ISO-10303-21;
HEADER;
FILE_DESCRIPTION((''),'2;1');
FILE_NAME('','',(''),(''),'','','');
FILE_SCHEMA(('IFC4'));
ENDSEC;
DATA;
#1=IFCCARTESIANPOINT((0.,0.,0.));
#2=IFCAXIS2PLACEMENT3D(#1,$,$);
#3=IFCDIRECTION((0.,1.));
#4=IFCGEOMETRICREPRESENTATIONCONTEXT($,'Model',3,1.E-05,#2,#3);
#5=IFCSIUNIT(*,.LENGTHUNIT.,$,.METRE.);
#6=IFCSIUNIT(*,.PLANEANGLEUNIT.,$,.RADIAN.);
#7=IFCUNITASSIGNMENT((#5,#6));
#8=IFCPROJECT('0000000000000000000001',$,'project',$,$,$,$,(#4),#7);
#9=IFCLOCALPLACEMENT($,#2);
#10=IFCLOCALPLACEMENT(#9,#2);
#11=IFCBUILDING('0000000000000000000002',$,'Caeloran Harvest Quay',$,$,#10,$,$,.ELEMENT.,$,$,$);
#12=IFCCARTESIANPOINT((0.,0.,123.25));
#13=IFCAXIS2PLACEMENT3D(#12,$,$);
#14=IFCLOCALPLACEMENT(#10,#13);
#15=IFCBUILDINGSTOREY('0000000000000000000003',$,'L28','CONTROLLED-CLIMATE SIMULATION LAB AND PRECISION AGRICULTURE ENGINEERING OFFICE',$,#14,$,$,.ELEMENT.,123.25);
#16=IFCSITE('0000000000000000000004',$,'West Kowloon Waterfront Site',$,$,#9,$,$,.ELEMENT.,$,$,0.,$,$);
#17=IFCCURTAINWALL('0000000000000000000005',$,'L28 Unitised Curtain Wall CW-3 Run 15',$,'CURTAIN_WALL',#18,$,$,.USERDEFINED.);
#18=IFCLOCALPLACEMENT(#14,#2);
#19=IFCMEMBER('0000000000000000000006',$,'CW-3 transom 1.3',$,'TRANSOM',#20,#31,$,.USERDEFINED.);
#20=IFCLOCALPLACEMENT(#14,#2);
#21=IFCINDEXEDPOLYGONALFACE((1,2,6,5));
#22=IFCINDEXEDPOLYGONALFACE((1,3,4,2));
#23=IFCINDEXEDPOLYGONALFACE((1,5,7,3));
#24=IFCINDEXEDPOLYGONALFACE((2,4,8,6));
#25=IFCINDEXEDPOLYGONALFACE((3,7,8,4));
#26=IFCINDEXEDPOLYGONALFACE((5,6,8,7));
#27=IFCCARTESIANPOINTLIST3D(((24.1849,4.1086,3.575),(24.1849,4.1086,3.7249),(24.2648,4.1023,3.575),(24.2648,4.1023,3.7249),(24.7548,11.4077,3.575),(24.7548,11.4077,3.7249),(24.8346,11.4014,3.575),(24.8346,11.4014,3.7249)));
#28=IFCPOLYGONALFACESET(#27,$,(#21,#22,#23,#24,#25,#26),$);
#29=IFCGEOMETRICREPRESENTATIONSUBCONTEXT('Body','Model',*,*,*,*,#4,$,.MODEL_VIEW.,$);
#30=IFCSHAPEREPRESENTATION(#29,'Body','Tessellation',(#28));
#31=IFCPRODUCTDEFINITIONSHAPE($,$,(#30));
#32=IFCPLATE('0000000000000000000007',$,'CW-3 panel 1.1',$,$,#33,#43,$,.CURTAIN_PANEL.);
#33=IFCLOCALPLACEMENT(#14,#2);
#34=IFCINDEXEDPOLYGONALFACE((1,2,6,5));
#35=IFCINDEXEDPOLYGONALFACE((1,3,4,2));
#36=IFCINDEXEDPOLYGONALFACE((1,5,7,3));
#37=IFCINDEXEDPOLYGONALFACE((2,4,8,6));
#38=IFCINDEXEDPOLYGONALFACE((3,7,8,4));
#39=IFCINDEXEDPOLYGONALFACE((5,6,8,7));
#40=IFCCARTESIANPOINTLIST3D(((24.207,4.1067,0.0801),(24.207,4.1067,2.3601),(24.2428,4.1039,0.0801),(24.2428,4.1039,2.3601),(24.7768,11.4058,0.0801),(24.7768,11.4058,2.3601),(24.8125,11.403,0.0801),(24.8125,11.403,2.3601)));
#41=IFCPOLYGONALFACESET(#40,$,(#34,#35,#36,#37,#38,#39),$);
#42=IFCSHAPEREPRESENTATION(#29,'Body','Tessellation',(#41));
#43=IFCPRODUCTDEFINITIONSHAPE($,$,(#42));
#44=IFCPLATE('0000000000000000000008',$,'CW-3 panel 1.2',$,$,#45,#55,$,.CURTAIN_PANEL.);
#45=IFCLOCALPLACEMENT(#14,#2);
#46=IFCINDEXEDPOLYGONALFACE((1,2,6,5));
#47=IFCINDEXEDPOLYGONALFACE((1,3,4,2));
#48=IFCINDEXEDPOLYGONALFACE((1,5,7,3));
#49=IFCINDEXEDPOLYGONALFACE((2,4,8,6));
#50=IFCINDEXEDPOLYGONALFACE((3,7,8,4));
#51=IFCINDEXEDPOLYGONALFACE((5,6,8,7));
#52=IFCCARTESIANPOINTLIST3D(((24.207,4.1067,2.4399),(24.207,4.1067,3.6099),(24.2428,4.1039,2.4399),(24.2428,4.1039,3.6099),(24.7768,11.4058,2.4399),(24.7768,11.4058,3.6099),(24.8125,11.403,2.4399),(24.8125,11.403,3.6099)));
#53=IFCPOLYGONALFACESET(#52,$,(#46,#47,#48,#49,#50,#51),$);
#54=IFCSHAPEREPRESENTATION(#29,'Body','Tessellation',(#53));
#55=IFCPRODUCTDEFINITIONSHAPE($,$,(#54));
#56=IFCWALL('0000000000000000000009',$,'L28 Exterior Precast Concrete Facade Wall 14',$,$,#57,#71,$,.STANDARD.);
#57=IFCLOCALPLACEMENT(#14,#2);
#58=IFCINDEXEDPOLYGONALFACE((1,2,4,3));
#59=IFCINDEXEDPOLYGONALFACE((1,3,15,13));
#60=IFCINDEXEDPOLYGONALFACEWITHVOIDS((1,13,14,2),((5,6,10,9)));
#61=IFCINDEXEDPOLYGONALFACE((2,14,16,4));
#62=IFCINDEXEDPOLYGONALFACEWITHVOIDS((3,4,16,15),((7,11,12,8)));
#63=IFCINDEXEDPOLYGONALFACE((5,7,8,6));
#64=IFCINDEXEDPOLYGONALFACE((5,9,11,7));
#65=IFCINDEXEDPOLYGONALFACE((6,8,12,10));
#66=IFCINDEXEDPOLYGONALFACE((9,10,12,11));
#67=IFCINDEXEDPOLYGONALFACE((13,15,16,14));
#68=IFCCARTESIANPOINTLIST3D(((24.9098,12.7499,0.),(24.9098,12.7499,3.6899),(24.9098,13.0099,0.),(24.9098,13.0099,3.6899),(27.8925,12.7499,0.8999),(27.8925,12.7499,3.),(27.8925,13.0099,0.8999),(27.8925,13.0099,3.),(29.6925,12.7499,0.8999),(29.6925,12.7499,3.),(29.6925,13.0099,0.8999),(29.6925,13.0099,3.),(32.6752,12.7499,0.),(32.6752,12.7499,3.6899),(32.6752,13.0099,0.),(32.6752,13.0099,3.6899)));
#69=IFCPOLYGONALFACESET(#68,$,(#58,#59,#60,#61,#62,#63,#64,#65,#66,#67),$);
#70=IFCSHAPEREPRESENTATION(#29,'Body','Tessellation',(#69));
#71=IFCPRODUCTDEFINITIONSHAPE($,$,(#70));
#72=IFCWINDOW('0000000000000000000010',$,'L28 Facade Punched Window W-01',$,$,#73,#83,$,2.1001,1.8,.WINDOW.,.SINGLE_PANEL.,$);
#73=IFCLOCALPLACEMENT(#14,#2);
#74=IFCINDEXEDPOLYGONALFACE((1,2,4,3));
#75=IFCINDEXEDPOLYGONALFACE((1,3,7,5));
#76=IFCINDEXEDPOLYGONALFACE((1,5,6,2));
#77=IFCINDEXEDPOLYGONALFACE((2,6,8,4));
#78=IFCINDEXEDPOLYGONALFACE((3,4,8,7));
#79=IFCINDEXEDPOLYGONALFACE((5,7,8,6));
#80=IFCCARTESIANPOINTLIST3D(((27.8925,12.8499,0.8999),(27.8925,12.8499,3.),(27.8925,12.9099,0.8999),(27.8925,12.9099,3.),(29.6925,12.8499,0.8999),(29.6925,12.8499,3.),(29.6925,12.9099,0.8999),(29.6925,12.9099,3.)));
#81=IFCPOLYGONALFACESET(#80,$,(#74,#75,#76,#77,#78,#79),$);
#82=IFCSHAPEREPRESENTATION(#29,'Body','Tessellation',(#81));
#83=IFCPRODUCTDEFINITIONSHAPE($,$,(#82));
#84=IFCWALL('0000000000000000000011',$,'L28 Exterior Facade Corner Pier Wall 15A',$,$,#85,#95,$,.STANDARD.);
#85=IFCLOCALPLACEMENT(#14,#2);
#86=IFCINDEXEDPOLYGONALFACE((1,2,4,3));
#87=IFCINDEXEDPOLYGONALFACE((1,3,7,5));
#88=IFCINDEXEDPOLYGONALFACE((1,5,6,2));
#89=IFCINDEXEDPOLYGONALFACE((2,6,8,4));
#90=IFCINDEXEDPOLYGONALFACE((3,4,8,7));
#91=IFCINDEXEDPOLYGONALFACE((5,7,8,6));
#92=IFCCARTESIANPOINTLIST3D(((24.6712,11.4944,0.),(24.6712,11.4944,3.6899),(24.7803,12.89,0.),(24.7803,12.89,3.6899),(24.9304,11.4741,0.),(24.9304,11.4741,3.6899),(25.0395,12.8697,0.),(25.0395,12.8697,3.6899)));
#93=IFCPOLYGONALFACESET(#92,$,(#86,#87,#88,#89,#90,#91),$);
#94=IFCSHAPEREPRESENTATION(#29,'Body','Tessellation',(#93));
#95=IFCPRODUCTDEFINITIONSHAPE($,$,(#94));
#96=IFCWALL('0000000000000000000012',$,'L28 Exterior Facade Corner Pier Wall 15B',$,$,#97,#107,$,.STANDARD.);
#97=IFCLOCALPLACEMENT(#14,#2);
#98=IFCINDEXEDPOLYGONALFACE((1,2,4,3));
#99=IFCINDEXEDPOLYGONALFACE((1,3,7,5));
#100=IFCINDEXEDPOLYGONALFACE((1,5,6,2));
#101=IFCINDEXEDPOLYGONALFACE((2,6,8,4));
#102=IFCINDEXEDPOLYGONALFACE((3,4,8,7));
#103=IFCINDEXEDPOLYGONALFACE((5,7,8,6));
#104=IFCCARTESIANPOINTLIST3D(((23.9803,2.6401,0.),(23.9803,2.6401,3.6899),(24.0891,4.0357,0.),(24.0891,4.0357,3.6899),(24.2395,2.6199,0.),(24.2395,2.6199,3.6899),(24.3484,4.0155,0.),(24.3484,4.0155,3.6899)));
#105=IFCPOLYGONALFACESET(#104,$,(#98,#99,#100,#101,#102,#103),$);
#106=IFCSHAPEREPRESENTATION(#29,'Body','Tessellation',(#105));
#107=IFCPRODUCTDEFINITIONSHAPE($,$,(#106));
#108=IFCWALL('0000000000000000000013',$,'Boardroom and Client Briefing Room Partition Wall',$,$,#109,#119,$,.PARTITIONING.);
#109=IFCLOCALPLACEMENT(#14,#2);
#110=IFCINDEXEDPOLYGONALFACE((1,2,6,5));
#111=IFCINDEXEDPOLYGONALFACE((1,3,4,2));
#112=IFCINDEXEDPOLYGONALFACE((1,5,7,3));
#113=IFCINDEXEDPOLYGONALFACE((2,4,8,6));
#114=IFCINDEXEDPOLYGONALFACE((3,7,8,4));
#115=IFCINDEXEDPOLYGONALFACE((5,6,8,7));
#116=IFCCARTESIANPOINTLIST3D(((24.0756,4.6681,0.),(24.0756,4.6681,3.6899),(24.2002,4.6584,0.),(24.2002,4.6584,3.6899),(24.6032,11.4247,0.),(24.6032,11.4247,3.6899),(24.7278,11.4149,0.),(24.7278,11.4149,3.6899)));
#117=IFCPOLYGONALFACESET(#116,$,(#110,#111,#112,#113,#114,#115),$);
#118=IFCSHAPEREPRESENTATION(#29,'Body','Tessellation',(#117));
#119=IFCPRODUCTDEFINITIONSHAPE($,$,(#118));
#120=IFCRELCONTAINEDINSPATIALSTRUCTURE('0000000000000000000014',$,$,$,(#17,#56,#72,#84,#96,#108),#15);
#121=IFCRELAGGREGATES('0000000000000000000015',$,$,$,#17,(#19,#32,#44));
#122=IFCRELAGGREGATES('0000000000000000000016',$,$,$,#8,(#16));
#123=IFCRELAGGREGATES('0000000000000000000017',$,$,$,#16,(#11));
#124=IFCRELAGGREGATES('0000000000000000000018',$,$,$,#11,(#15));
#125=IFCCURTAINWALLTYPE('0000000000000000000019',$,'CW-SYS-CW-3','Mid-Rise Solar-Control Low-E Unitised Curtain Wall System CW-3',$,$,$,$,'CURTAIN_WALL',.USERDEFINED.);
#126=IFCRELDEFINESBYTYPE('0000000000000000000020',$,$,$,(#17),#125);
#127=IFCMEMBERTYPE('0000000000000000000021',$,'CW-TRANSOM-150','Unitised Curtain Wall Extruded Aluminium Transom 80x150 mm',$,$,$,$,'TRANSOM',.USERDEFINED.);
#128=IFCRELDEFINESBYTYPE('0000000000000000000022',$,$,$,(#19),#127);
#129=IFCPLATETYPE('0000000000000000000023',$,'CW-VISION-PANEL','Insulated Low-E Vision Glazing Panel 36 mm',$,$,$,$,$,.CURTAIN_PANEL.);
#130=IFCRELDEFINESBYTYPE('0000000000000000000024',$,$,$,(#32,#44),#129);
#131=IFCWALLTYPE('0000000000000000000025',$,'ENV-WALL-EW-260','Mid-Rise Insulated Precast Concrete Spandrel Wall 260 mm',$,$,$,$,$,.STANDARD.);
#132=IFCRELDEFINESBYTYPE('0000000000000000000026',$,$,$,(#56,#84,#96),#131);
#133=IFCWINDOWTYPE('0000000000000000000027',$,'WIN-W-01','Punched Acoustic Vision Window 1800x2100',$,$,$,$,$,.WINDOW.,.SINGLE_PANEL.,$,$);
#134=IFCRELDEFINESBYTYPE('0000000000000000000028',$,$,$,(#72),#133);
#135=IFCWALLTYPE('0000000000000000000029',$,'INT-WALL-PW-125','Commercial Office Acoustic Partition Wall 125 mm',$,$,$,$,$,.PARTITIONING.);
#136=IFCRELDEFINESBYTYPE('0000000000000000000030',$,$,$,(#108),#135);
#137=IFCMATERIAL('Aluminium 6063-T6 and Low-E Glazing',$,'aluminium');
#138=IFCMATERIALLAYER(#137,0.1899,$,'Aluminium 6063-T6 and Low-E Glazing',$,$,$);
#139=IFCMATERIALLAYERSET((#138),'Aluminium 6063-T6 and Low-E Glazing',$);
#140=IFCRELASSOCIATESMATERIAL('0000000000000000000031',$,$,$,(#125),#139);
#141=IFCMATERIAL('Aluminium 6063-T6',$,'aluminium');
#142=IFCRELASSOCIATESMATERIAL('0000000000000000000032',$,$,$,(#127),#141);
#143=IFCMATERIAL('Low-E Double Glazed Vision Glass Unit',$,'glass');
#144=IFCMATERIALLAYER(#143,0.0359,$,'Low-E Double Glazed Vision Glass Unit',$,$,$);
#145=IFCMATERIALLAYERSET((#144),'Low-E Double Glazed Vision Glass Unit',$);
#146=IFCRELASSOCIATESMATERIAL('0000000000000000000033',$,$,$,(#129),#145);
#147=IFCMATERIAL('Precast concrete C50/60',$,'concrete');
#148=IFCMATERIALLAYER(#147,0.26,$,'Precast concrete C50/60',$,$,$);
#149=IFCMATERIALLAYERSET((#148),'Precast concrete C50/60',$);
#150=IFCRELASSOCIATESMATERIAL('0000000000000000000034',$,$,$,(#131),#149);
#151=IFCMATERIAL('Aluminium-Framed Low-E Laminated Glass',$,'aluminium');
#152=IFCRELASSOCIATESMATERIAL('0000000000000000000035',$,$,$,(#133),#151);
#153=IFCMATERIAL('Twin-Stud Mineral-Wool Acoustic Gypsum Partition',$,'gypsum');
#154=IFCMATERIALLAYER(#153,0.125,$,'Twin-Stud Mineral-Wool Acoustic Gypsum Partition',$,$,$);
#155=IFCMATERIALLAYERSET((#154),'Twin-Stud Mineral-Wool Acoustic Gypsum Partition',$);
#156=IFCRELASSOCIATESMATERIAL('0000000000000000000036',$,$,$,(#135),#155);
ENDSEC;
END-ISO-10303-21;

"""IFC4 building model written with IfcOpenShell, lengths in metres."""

from ifc_helpers import new_model, si_unit, direction, frame, frame_2d, origin, origin_2d, place, context, subcontext, project, spatial, rectangle, extrude, material, layer, layer_set, material_profile, profile_set, type_object, element, fill, aggregate, save


model = new_model("IFC4")

# Units and contexts
model_context = context("Model", 3, precision=1e-05, world=origin(), true_north=direction((0.0, 1.0)))
body_context = subcontext(model_context, "Body", "Model", "MODEL_VIEW")
ifc_project = project(units=[si_unit("LENGTHUNIT", "METRE"), si_unit("PLANEANGLEUNIT", "RADIAN")], contexts=[model_context])

# Site, building, storey
site_placement = place(None, origin())
site = spatial("IfcSite", under=ifc_project, at=site_placement, Name="West Kowloon Waterfront Site", CompositionType="ELEMENT", RefElevation=0.0)
building_placement = place(site_placement, origin())
building = spatial("IfcBuilding", under=site, at=building_placement, Name="Caeloran Harvest Quay", CompositionType="ELEMENT")
storey_placement = place(building_placement, frame((0.0, 0.0, 123.25)))
storey = spatial("IfcBuildingStorey", under=building, at=storey_placement, Name="L28", Description="CONTROLLED-CLIMATE SIMULATION LAB AND PRECISION AGRICULTURE ENGINEERING OFFICE", CompositionType="ELEMENT", Elevation=123.25)

# Curtain wall, member, plates
ifc_material_1 = material(Name="Aluminium 6063-T6 and Low-E Glazing", Category="aluminium")
ifc_layer_1 = layer(ifc_material_1, 0.1899, Name="Aluminium 6063-T6 and Low-E Glazing")
ifc_layer_set_1 = layer_set([ifc_layer_1], Name="Aluminium 6063-T6 and Low-E Glazing")
curtain_wall_type = type_object("IfcCurtainWallType", Name="CW-SYS-CW-3", Description="Mid-Rise Solar-Control Low-E Unitised Curtain Wall System CW-3", ElementType="CURTAIN_WALL", PredefinedType="USERDEFINED", material=ifc_layer_set_1)
curtain_wall_placement = place(storey_placement, origin())
curtain_wall = element("IfcCurtainWall", 1, at=curtain_wall_placement, inside=storey, type_object=curtain_wall_type, Name="L28 Unitised Curtain Wall CW-3 Run 15", ObjectType="CURTAIN_WALL", PredefinedType="USERDEFINED")
ifc_material_2 = material(Name="Aluminium 6063-T6", Category="aluminium")
ifc_material_profile_1 = material_profile(ifc_material_2, rectangle(XDim=0.0801, YDim=0.1499, at=origin_2d()), Name="CW-TRANSOM-150")
ifc_profile_set_1 = profile_set([ifc_material_profile_1], Name="Aluminium 6063-T6")
member_type_1 = type_object("IfcMemberType", Name="CW-TRANSOM-150", Description="Unitised Curtain Wall Extruded Aluminium Transom 80x150 mm", ElementType="TRANSOM", PredefinedType="USERDEFINED", material=ifc_profile_set_1)
member_1_placement = place(storey_placement, frame((24.7947, 11.4045, 3.6499), z_axis=(-0.077831, -0.996967, 0.0), x_axis=(0.996967, -0.077831, 0.0)))
member_1 = element("IfcMember", 2, at=member_1_placement, type_object=member_type_1, Name="CW-3 transom 1.3", ObjectType="TRANSOM", PredefinedType="USERDEFINED", context=body_context, shape_type="SweptSolid", body=[
    extrude(rectangle(XDim=0.0801, YDim=0.1499, at=origin_2d()), origin(), (0.0, 0.0, 1.0), 7.3213),
])
ifc_material_3 = material(Name="Low-E Double Glazed Vision Glass Unit", Category="glass")
ifc_layer_2 = layer(ifc_material_3, 0.0359, Name="Low-E Double Glazed Vision Glass Unit")
ifc_layer_set_2 = layer_set([ifc_layer_2], Name="Low-E Double Glazed Vision Glass Unit")
plate_type = type_object("IfcPlateType", Name="CW-VISION-PANEL", Description="Insulated Low-E Vision Glazing Panel 36 mm", PredefinedType="CURTAIN_PANEL", material=ifc_layer_set_2)
plate_1_placement = place(storey_placement, frame((24.5098, 7.7549, 0.0801), z_axis=(0.0, 0.0, 1.0), x_axis=(-0.077822, -0.996967, 0.0)))
plate_1 = element("IfcPlate", 3, at=plate_1_placement, type_object=plate_type, Name="CW-3 panel 1.1", PredefinedType="CURTAIN_PANEL", context=body_context, shape_type="SweptSolid", body=[
    extrude(rectangle(XDim=7.3213, YDim=0.0359, at=origin_2d()), origin(), (0.0, 0.0, 1.0), 2.28),
])
plate_2_placement = place(storey_placement, frame((24.5098, 7.7549, 2.4399), z_axis=(0.0, 0.0, 1.0), x_axis=(-0.077822, -0.996967, 0.0)))
plate_2 = element("IfcPlate", 4, at=plate_2_placement, type_object=plate_type, Name="CW-3 panel 1.2", PredefinedType="CURTAIN_PANEL", context=body_context, shape_type="SweptSolid", body=[
    extrude(rectangle(XDim=7.3213, YDim=0.0359, at=origin_2d()), origin(), (0.0, 0.0, 1.0), 1.1699),
])
aggregate(curtain_wall, [member_1, plate_1, plate_2])

# Wall, opening, window
ifc_material_4 = material(Name="Precast concrete C50/60", Category="concrete")
ifc_layer_3 = layer(ifc_material_4, 0.26, Name="Precast concrete C50/60")
ifc_layer_set_3 = layer_set([ifc_layer_3], Name="Precast concrete C50/60")
wall_type_1 = type_object("IfcWallType", Name="ENV-WALL-EW-260", Description="Mid-Rise Insulated Precast Concrete Spandrel Wall 260 mm", PredefinedType="STANDARD", material=ifc_layer_set_3)
wall_1_placement = place(storey_placement, frame((32.6753, 12.8799, 0.0), z_axis=(0.0, 0.0, 1.0), x_axis=(-1.0, 0.0, 0.0)))
wall_1 = element("IfcWall", 5, at=wall_1_placement, inside=storey, type_object=wall_type_1, Name="L28 Exterior Precast Concrete Facade Wall 14", PredefinedType="STANDARD", context=body_context, shape_type="SweptSolid", body=[
    extrude(rectangle(XDim=7.7654, YDim=0.26, at=frame_2d((3.8828, 0.0))), origin(), (0.0, 0.0, 1.0), 3.6899),
])
opening_placement = place(wall_1_placement, frame((2.9829, 0.0, 0.8999)))
opening = element("IfcOpeningElement", 6, at=opening_placement, cuts=wall_1, PredefinedType="OPENING", context=body_context, shape_type="SweptSolid", body=[
    extrude(rectangle(XDim=1.8, YDim=2.1001, at=frame_2d((0.8999, 1.05))), frame((0.0, 0.1401, 0.0), z_axis=(0.0, -1.0, 0.0), x_axis=(1.0, 0.0, 0.0)), (0.0, 0.0, 1.0), 0.28),
])
ifc_material_5 = material(Name="Aluminium-Framed Low-E Laminated Glass", Category="aluminium")
window_type = type_object("IfcWindowType", Name="WIN-W-01", Description="Punched Acoustic Vision Window 1800x2100", PartitioningType="SINGLE_PANEL", PredefinedType="WINDOW", material=ifc_material_5)
window_placement = place(opening_placement, origin())
window = element("IfcWindow", 7, at=window_placement, inside=storey, type_object=window_type, Name="L28 Facade Punched Window W-01", OverallHeight=2.1001, OverallWidth=1.8, PartitioningType="SINGLE_PANEL", PredefinedType="WINDOW", context=body_context, shape_type="SweptSolid", body=[
    extrude(rectangle(XDim=1.8, YDim=2.1001, at=frame_2d((0.8999, 1.05))), frame((0.0, 0.03, 0.0), z_axis=(0.0, -1.0, 0.0), x_axis=(1.0, 0.0, 0.0)), (0.0, 0.0, 1.0), 0.0601),
])
fill(opening, window)

# Walls
for number, where, z_axis, x_axis, name in (
    (8, (24.9099, 12.8799, 0.0), (0.0, 0.0, 1.0), (-0.07795, -0.996957, 0.0), "L28 Exterior Facade Corner Pier Wall 15A"),
    (9, (24.2188, 4.0256, 0.0), (0.0, 0.0, 1.0), (-0.077777, -0.996971, 0.0), "L28 Exterior Facade Corner Pier Wall 15B"),
):
    element("IfcWall", number, at=place(storey_placement, frame(where, z_axis=z_axis, x_axis=x_axis)), inside=storey, type_object=wall_type_1, Name=name, PredefinedType="STANDARD", context=body_context, shape_type="SweptSolid", body=[
        extrude(rectangle(XDim=1.3999, YDim=0.26, at=frame_2d((0.7, 0.0))), origin(), (0.0, 0.0, 1.0), 3.6899),
    ])
ifc_material_6 = material(Name="Twin-Stud Mineral-Wool Acoustic Gypsum Partition", Category="gypsum")
ifc_layer_4 = layer(ifc_material_6, 0.125, Name="Twin-Stud Mineral-Wool Acoustic Gypsum Partition")
ifc_layer_set_4 = layer_set([ifc_layer_4], Name="Twin-Stud Mineral-Wool Acoustic Gypsum Partition")
wall_type_2 = type_object("IfcWallType", Name="INT-WALL-PW-125", Description="Commercial Office Acoustic Partition Wall 125 mm", PredefinedType="PARTITIONING", material=ifc_layer_set_4)
wall_2_placement = place(storey_placement, frame((24.6655, 11.4199, 0.0), z_axis=(0.0, 0.0, 1.0), x_axis=(-0.077848, -0.996965, 0.0)))
element("IfcWall", 10, at=wall_2_placement, inside=storey, type_object=wall_type_2, Name="Boardroom and Client Briefing Room Partition Wall", PredefinedType="PARTITIONING", context=body_context, shape_type="SweptSolid", body=[
    extrude(rectangle(XDim=6.7771, YDim=0.125, at=frame_2d((3.3887, 0.0))), origin(), (0.0, 0.0, 1.0), 3.6899),
])

save(model, "model.ifc")
